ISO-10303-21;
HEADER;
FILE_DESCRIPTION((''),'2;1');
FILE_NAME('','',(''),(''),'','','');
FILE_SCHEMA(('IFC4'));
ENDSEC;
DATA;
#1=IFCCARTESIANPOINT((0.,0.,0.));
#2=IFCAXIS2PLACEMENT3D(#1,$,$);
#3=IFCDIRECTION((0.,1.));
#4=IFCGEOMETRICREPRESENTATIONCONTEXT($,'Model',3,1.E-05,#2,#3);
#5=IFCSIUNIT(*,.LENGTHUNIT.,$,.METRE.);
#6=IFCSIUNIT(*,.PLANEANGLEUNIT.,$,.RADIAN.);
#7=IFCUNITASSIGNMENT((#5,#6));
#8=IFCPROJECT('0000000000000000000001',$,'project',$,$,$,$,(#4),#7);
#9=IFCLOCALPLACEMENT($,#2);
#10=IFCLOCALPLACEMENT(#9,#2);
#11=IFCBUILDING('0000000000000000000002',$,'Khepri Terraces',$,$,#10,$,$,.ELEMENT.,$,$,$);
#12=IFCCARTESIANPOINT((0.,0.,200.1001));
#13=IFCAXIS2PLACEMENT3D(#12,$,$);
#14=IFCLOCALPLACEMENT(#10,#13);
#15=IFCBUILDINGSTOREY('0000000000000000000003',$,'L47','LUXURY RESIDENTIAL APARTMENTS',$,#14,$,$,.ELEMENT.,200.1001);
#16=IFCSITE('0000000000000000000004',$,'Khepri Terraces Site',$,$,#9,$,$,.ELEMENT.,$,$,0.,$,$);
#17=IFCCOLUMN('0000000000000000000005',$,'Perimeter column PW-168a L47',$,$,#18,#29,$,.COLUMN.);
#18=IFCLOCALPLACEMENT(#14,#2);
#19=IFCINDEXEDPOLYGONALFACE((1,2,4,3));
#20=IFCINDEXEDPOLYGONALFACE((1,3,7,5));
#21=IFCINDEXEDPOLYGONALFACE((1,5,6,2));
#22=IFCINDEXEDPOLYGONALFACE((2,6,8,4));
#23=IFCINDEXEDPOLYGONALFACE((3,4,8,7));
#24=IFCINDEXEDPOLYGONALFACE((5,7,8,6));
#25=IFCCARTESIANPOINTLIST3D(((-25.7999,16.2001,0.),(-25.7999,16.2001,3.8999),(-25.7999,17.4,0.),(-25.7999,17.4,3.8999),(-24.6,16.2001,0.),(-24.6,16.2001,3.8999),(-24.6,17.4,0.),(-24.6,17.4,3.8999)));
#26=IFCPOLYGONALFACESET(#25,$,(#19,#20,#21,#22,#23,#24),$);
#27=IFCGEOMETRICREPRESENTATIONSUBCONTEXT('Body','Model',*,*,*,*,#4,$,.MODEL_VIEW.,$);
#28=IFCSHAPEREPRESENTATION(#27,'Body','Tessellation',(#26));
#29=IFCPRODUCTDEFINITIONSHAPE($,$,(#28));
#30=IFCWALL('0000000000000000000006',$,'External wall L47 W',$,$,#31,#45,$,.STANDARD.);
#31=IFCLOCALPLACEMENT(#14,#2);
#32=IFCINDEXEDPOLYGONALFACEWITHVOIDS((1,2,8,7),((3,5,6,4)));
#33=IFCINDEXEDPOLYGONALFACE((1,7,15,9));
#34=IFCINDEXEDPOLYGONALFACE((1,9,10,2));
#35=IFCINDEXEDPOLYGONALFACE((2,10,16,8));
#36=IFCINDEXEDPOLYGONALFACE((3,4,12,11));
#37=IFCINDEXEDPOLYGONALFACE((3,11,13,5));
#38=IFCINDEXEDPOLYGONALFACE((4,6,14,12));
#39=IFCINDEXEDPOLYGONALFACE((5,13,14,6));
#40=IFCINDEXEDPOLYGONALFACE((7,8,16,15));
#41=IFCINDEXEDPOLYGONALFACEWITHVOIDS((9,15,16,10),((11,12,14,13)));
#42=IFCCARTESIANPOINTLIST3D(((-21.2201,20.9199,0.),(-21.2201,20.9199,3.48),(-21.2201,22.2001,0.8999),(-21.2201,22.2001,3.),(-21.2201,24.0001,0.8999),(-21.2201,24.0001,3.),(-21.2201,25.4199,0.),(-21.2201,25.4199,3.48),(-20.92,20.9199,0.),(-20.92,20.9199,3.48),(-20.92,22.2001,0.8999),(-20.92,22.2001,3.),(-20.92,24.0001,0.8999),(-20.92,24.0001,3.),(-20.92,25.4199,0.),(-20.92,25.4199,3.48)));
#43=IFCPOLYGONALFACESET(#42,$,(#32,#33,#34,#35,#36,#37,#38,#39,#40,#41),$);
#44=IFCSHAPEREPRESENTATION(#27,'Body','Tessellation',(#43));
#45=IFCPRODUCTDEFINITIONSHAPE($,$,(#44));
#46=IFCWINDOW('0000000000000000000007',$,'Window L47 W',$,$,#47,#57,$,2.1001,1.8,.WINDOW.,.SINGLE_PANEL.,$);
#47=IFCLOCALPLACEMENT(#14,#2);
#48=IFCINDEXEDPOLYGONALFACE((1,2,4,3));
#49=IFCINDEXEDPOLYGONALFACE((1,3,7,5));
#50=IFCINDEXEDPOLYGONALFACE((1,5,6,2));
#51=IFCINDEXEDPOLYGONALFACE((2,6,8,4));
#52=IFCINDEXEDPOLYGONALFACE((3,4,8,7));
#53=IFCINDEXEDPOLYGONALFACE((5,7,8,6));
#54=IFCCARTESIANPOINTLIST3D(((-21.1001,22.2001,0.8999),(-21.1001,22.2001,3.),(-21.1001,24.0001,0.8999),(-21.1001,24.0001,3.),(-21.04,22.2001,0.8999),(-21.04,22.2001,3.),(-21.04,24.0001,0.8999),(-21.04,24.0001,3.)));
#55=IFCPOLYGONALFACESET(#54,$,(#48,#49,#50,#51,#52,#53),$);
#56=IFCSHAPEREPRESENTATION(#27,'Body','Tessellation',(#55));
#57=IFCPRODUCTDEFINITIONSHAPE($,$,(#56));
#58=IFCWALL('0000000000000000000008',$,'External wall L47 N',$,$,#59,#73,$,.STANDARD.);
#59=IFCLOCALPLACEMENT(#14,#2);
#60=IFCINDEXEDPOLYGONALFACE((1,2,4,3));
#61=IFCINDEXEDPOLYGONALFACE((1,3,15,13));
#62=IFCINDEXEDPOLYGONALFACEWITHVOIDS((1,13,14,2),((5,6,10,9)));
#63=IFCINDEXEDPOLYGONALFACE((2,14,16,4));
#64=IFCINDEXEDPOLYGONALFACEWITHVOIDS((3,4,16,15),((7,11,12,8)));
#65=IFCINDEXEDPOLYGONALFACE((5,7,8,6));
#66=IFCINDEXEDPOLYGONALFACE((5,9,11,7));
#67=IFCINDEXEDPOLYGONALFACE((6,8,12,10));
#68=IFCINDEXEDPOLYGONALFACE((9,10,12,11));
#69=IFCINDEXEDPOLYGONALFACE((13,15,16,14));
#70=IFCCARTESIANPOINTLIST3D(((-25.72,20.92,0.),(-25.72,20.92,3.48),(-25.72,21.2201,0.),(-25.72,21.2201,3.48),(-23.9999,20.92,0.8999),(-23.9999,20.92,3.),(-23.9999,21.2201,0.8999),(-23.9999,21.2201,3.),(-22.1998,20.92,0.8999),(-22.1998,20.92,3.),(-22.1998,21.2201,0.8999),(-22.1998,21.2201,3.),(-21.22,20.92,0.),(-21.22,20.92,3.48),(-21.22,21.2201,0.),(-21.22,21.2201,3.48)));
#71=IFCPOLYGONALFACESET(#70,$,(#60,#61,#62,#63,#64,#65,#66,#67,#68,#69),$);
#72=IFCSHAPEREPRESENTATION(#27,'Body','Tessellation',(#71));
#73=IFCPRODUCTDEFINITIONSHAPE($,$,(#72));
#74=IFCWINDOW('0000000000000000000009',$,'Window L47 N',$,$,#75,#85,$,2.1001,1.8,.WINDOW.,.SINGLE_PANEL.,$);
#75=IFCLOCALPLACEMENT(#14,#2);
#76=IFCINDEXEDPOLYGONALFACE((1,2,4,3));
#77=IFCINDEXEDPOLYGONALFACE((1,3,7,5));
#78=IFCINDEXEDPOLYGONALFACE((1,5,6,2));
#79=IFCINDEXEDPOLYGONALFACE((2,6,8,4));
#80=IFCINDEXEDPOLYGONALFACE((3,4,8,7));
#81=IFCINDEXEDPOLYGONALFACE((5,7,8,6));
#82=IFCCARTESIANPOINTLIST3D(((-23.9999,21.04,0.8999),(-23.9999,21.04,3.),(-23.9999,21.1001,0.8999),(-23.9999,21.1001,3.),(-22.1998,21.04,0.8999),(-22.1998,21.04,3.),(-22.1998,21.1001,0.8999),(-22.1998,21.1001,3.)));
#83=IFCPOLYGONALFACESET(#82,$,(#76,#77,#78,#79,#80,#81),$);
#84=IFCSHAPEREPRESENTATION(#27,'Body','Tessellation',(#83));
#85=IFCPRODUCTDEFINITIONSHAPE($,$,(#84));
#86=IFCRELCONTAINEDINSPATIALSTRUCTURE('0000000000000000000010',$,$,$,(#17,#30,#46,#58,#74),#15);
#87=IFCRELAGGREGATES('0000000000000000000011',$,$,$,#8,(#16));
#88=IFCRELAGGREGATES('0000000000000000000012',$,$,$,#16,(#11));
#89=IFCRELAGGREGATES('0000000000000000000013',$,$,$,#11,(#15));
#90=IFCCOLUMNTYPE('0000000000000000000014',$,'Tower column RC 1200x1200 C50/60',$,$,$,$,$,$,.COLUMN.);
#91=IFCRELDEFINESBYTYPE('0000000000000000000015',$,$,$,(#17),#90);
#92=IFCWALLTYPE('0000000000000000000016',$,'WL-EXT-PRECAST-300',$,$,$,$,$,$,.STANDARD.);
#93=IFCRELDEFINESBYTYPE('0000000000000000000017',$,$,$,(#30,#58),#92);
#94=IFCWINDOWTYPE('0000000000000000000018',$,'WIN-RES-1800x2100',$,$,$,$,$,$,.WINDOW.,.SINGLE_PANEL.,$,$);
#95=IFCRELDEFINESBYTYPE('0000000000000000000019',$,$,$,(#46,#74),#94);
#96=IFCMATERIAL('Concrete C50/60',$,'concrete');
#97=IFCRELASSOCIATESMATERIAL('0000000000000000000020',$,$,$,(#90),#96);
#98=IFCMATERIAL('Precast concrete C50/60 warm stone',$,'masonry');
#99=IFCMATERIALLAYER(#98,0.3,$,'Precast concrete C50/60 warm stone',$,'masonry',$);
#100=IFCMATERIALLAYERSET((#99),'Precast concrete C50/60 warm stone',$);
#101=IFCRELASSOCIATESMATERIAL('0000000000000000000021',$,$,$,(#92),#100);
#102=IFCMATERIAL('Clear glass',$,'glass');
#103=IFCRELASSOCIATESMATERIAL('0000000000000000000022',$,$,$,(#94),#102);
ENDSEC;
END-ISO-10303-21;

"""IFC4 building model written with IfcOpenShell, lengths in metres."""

from ifc_helpers import new_model, si_unit, direction, frame, frame_2d, origin, origin_2d, place, context, subcontext, project, spatial, rectangle, extrude, material, layer, layer_set, material_profile, profile_set, type_object, element, fill, save


model = new_model("IFC4")

# Units and contexts
model_context = context("Model", 3, precision=1e-05, world=origin(), true_north=direction((0.0, 1.0)))
body_context = subcontext(model_context, "Body", "Model", "MODEL_VIEW")
ifc_project = project(units=[si_unit("LENGTHUNIT", "METRE"), si_unit("PLANEANGLEUNIT", "RADIAN")], contexts=[model_context])

# Site, building, storey
site_placement = place(None, origin())
site = spatial("IfcSite", under=ifc_project, at=site_placement, Name="Khepri Terraces Site", CompositionType="ELEMENT", RefElevation=0.0)
building_placement = place(site_placement, origin())
building = spatial("IfcBuilding", under=site, at=building_placement, Name="Khepri Terraces", CompositionType="ELEMENT")
storey_placement = place(building_placement, frame((0.0, 0.0, 200.1001)))
storey = spatial("IfcBuildingStorey", under=building, at=storey_placement, Name="L47", Description="LUXURY RESIDENTIAL APARTMENTS", CompositionType="ELEMENT", Elevation=200.1001)

# Column
ifc_material_1 = material(Name="Concrete C50/60", Category="concrete")
ifc_material_profile = material_profile(ifc_material_1, rectangle(XDim=1.2, YDim=1.2, at=origin_2d()), Name="Concrete C50/60", Category="concrete")
ifc_profile_set = profile_set([ifc_material_profile], Name="Concrete C50/60")
column_type = type_object("IfcColumnType", Name="Tower column RC 1200x1200 C50/60", PredefinedType="COLUMN", material=ifc_profile_set)
column_placement = place(storey_placement, frame((-25.2, 16.8, 0.0), z_axis=(0.0, 0.0, 1.0), x_axis=(1.0, 0.0, 0.0)))
element("IfcColumn", 1, at=column_placement, inside=storey, type_object=column_type, Name="Perimeter column PW-168a L47", PredefinedType="COLUMN", context=body_context, shape_type="SweptSolid", body=[
    extrude(rectangle(XDim=1.2, YDim=1.2, at=origin_2d()), origin(), (0.0, 0.0, 1.0), 3.8999),
])

# Walls, openings, windows
ifc_material_2 = material(Name="Precast concrete C50/60 warm stone", Category="masonry")
ifc_layer = layer(ifc_material_2, 0.3, Name="Precast concrete C50/60 warm stone", Category="masonry")
ifc_layer_set = layer_set([ifc_layer], Name="Precast concrete C50/60 warm stone")
wall_type = type_object("IfcWallType", Name="WL-EXT-PRECAST-300", PredefinedType="STANDARD", material=ifc_layer_set)
wall_1_placement = place(storey_placement, frame((-21.0701, 25.4199, 0.0), z_axis=(0.0, 0.0, 1.0), x_axis=(0.0, -1.0, 0.0)))
wall_1 = element("IfcWall", 2, at=wall_1_placement, inside=storey, type_object=wall_type, Name="External wall L47 W", PredefinedType="STANDARD", context=body_context, shape_type="SweptSolid", body=[
    extrude(rectangle(XDim=4.5, YDim=0.3, at=frame_2d((2.25, 0.0))), origin(), (0.0, 0.0, 1.0), 3.48),
])
opening_1_placement = place(wall_1_placement, frame((1.4199, 0.0, 0.8999)))
opening_1 = element("IfcOpeningElement", 3, at=opening_1_placement, cuts=wall_1, PredefinedType="OPENING", context=body_context, shape_type="SweptSolid", body=[
    extrude(rectangle(XDim=1.8, YDim=2.1001, at=frame_2d((0.8999, 1.05))), frame((0.0, 0.1602, 0.0), z_axis=(0.0, -1.0, 0.0), x_axis=(1.0, 0.0, 0.0)), (0.0, 0.0, 1.0), 0.3201),
])
ifc_material_3 = material(Name="Clear glass", Category="glass")
window_type = type_object("IfcWindowType", Name="WIN-RES-1800x2100", PartitioningType="SINGLE_PANEL", PredefinedType="WINDOW", material=ifc_material_3)
window_1_placement = place(opening_1_placement, origin())
window_1 = element("IfcWindow", 4, at=window_1_placement, inside=storey, type_object=window_type, Name="Window L47 W", OverallHeight=2.1001, OverallWidth=1.8, PartitioningType="SINGLE_PANEL", PredefinedType="WINDOW", context=body_context, shape_type="SweptSolid", body=[
    extrude(rectangle(XDim=1.8, YDim=2.1001, at=frame_2d((0.8999, 1.05))), frame((0.0, 0.03, 0.0), z_axis=(0.0, -1.0, 0.0), x_axis=(1.0, 0.0, 0.0)), (0.0, 0.0, 1.0), 0.0601),
])
fill(opening_1, window_1)
wall_2_placement = place(storey_placement, frame((-21.22, 21.0701, 0.0), z_axis=(0.0, 0.0, 1.0), x_axis=(-1.0, 0.0, 0.0)))
wall_2 = element("IfcWall", 5, at=wall_2_placement, inside=storey, type_object=wall_type, Name="External wall L47 N", PredefinedType="STANDARD", context=body_context, shape_type="SweptSolid", body=[
    extrude(rectangle(XDim=4.5, YDim=0.3, at=frame_2d((2.25, 0.0))), origin(), (0.0, 0.0, 1.0), 3.48),
])
opening_2_placement = place(wall_2_placement, frame((0.98, 0.0, 0.8999)))
opening_2 = element("IfcOpeningElement", 6, at=opening_2_placement, cuts=wall_2, PredefinedType="OPENING", context=body_context, shape_type="SweptSolid", body=[
    extrude(rectangle(XDim=1.8, YDim=2.1001, at=frame_2d((0.8999, 1.05))), frame((0.0, 0.1602, 0.0), z_axis=(0.0, -1.0, 0.0), x_axis=(1.0, 0.0, 0.0)), (0.0, 0.0, 1.0), 0.3201),
])
window_2_placement = place(opening_2_placement, origin())
window_2 = element("IfcWindow", 7, at=window_2_placement, inside=storey, type_object=window_type, Name="Window L47 N", OverallHeight=2.1001, OverallWidth=1.8, PartitioningType="SINGLE_PANEL", PredefinedType="WINDOW", context=body_context, shape_type="SweptSolid", body=[
    extrude(rectangle(XDim=1.8, YDim=2.1001, at=frame_2d((0.8999, 1.05))), frame((0.0, 0.03, 0.0), z_axis=(0.0, -1.0, 0.0), x_axis=(1.0, 0.0, 0.0)), (0.0, 0.0, 1.0), 0.0601),
])
fill(opening_2, window_2)

save(model, "model.ifc")
